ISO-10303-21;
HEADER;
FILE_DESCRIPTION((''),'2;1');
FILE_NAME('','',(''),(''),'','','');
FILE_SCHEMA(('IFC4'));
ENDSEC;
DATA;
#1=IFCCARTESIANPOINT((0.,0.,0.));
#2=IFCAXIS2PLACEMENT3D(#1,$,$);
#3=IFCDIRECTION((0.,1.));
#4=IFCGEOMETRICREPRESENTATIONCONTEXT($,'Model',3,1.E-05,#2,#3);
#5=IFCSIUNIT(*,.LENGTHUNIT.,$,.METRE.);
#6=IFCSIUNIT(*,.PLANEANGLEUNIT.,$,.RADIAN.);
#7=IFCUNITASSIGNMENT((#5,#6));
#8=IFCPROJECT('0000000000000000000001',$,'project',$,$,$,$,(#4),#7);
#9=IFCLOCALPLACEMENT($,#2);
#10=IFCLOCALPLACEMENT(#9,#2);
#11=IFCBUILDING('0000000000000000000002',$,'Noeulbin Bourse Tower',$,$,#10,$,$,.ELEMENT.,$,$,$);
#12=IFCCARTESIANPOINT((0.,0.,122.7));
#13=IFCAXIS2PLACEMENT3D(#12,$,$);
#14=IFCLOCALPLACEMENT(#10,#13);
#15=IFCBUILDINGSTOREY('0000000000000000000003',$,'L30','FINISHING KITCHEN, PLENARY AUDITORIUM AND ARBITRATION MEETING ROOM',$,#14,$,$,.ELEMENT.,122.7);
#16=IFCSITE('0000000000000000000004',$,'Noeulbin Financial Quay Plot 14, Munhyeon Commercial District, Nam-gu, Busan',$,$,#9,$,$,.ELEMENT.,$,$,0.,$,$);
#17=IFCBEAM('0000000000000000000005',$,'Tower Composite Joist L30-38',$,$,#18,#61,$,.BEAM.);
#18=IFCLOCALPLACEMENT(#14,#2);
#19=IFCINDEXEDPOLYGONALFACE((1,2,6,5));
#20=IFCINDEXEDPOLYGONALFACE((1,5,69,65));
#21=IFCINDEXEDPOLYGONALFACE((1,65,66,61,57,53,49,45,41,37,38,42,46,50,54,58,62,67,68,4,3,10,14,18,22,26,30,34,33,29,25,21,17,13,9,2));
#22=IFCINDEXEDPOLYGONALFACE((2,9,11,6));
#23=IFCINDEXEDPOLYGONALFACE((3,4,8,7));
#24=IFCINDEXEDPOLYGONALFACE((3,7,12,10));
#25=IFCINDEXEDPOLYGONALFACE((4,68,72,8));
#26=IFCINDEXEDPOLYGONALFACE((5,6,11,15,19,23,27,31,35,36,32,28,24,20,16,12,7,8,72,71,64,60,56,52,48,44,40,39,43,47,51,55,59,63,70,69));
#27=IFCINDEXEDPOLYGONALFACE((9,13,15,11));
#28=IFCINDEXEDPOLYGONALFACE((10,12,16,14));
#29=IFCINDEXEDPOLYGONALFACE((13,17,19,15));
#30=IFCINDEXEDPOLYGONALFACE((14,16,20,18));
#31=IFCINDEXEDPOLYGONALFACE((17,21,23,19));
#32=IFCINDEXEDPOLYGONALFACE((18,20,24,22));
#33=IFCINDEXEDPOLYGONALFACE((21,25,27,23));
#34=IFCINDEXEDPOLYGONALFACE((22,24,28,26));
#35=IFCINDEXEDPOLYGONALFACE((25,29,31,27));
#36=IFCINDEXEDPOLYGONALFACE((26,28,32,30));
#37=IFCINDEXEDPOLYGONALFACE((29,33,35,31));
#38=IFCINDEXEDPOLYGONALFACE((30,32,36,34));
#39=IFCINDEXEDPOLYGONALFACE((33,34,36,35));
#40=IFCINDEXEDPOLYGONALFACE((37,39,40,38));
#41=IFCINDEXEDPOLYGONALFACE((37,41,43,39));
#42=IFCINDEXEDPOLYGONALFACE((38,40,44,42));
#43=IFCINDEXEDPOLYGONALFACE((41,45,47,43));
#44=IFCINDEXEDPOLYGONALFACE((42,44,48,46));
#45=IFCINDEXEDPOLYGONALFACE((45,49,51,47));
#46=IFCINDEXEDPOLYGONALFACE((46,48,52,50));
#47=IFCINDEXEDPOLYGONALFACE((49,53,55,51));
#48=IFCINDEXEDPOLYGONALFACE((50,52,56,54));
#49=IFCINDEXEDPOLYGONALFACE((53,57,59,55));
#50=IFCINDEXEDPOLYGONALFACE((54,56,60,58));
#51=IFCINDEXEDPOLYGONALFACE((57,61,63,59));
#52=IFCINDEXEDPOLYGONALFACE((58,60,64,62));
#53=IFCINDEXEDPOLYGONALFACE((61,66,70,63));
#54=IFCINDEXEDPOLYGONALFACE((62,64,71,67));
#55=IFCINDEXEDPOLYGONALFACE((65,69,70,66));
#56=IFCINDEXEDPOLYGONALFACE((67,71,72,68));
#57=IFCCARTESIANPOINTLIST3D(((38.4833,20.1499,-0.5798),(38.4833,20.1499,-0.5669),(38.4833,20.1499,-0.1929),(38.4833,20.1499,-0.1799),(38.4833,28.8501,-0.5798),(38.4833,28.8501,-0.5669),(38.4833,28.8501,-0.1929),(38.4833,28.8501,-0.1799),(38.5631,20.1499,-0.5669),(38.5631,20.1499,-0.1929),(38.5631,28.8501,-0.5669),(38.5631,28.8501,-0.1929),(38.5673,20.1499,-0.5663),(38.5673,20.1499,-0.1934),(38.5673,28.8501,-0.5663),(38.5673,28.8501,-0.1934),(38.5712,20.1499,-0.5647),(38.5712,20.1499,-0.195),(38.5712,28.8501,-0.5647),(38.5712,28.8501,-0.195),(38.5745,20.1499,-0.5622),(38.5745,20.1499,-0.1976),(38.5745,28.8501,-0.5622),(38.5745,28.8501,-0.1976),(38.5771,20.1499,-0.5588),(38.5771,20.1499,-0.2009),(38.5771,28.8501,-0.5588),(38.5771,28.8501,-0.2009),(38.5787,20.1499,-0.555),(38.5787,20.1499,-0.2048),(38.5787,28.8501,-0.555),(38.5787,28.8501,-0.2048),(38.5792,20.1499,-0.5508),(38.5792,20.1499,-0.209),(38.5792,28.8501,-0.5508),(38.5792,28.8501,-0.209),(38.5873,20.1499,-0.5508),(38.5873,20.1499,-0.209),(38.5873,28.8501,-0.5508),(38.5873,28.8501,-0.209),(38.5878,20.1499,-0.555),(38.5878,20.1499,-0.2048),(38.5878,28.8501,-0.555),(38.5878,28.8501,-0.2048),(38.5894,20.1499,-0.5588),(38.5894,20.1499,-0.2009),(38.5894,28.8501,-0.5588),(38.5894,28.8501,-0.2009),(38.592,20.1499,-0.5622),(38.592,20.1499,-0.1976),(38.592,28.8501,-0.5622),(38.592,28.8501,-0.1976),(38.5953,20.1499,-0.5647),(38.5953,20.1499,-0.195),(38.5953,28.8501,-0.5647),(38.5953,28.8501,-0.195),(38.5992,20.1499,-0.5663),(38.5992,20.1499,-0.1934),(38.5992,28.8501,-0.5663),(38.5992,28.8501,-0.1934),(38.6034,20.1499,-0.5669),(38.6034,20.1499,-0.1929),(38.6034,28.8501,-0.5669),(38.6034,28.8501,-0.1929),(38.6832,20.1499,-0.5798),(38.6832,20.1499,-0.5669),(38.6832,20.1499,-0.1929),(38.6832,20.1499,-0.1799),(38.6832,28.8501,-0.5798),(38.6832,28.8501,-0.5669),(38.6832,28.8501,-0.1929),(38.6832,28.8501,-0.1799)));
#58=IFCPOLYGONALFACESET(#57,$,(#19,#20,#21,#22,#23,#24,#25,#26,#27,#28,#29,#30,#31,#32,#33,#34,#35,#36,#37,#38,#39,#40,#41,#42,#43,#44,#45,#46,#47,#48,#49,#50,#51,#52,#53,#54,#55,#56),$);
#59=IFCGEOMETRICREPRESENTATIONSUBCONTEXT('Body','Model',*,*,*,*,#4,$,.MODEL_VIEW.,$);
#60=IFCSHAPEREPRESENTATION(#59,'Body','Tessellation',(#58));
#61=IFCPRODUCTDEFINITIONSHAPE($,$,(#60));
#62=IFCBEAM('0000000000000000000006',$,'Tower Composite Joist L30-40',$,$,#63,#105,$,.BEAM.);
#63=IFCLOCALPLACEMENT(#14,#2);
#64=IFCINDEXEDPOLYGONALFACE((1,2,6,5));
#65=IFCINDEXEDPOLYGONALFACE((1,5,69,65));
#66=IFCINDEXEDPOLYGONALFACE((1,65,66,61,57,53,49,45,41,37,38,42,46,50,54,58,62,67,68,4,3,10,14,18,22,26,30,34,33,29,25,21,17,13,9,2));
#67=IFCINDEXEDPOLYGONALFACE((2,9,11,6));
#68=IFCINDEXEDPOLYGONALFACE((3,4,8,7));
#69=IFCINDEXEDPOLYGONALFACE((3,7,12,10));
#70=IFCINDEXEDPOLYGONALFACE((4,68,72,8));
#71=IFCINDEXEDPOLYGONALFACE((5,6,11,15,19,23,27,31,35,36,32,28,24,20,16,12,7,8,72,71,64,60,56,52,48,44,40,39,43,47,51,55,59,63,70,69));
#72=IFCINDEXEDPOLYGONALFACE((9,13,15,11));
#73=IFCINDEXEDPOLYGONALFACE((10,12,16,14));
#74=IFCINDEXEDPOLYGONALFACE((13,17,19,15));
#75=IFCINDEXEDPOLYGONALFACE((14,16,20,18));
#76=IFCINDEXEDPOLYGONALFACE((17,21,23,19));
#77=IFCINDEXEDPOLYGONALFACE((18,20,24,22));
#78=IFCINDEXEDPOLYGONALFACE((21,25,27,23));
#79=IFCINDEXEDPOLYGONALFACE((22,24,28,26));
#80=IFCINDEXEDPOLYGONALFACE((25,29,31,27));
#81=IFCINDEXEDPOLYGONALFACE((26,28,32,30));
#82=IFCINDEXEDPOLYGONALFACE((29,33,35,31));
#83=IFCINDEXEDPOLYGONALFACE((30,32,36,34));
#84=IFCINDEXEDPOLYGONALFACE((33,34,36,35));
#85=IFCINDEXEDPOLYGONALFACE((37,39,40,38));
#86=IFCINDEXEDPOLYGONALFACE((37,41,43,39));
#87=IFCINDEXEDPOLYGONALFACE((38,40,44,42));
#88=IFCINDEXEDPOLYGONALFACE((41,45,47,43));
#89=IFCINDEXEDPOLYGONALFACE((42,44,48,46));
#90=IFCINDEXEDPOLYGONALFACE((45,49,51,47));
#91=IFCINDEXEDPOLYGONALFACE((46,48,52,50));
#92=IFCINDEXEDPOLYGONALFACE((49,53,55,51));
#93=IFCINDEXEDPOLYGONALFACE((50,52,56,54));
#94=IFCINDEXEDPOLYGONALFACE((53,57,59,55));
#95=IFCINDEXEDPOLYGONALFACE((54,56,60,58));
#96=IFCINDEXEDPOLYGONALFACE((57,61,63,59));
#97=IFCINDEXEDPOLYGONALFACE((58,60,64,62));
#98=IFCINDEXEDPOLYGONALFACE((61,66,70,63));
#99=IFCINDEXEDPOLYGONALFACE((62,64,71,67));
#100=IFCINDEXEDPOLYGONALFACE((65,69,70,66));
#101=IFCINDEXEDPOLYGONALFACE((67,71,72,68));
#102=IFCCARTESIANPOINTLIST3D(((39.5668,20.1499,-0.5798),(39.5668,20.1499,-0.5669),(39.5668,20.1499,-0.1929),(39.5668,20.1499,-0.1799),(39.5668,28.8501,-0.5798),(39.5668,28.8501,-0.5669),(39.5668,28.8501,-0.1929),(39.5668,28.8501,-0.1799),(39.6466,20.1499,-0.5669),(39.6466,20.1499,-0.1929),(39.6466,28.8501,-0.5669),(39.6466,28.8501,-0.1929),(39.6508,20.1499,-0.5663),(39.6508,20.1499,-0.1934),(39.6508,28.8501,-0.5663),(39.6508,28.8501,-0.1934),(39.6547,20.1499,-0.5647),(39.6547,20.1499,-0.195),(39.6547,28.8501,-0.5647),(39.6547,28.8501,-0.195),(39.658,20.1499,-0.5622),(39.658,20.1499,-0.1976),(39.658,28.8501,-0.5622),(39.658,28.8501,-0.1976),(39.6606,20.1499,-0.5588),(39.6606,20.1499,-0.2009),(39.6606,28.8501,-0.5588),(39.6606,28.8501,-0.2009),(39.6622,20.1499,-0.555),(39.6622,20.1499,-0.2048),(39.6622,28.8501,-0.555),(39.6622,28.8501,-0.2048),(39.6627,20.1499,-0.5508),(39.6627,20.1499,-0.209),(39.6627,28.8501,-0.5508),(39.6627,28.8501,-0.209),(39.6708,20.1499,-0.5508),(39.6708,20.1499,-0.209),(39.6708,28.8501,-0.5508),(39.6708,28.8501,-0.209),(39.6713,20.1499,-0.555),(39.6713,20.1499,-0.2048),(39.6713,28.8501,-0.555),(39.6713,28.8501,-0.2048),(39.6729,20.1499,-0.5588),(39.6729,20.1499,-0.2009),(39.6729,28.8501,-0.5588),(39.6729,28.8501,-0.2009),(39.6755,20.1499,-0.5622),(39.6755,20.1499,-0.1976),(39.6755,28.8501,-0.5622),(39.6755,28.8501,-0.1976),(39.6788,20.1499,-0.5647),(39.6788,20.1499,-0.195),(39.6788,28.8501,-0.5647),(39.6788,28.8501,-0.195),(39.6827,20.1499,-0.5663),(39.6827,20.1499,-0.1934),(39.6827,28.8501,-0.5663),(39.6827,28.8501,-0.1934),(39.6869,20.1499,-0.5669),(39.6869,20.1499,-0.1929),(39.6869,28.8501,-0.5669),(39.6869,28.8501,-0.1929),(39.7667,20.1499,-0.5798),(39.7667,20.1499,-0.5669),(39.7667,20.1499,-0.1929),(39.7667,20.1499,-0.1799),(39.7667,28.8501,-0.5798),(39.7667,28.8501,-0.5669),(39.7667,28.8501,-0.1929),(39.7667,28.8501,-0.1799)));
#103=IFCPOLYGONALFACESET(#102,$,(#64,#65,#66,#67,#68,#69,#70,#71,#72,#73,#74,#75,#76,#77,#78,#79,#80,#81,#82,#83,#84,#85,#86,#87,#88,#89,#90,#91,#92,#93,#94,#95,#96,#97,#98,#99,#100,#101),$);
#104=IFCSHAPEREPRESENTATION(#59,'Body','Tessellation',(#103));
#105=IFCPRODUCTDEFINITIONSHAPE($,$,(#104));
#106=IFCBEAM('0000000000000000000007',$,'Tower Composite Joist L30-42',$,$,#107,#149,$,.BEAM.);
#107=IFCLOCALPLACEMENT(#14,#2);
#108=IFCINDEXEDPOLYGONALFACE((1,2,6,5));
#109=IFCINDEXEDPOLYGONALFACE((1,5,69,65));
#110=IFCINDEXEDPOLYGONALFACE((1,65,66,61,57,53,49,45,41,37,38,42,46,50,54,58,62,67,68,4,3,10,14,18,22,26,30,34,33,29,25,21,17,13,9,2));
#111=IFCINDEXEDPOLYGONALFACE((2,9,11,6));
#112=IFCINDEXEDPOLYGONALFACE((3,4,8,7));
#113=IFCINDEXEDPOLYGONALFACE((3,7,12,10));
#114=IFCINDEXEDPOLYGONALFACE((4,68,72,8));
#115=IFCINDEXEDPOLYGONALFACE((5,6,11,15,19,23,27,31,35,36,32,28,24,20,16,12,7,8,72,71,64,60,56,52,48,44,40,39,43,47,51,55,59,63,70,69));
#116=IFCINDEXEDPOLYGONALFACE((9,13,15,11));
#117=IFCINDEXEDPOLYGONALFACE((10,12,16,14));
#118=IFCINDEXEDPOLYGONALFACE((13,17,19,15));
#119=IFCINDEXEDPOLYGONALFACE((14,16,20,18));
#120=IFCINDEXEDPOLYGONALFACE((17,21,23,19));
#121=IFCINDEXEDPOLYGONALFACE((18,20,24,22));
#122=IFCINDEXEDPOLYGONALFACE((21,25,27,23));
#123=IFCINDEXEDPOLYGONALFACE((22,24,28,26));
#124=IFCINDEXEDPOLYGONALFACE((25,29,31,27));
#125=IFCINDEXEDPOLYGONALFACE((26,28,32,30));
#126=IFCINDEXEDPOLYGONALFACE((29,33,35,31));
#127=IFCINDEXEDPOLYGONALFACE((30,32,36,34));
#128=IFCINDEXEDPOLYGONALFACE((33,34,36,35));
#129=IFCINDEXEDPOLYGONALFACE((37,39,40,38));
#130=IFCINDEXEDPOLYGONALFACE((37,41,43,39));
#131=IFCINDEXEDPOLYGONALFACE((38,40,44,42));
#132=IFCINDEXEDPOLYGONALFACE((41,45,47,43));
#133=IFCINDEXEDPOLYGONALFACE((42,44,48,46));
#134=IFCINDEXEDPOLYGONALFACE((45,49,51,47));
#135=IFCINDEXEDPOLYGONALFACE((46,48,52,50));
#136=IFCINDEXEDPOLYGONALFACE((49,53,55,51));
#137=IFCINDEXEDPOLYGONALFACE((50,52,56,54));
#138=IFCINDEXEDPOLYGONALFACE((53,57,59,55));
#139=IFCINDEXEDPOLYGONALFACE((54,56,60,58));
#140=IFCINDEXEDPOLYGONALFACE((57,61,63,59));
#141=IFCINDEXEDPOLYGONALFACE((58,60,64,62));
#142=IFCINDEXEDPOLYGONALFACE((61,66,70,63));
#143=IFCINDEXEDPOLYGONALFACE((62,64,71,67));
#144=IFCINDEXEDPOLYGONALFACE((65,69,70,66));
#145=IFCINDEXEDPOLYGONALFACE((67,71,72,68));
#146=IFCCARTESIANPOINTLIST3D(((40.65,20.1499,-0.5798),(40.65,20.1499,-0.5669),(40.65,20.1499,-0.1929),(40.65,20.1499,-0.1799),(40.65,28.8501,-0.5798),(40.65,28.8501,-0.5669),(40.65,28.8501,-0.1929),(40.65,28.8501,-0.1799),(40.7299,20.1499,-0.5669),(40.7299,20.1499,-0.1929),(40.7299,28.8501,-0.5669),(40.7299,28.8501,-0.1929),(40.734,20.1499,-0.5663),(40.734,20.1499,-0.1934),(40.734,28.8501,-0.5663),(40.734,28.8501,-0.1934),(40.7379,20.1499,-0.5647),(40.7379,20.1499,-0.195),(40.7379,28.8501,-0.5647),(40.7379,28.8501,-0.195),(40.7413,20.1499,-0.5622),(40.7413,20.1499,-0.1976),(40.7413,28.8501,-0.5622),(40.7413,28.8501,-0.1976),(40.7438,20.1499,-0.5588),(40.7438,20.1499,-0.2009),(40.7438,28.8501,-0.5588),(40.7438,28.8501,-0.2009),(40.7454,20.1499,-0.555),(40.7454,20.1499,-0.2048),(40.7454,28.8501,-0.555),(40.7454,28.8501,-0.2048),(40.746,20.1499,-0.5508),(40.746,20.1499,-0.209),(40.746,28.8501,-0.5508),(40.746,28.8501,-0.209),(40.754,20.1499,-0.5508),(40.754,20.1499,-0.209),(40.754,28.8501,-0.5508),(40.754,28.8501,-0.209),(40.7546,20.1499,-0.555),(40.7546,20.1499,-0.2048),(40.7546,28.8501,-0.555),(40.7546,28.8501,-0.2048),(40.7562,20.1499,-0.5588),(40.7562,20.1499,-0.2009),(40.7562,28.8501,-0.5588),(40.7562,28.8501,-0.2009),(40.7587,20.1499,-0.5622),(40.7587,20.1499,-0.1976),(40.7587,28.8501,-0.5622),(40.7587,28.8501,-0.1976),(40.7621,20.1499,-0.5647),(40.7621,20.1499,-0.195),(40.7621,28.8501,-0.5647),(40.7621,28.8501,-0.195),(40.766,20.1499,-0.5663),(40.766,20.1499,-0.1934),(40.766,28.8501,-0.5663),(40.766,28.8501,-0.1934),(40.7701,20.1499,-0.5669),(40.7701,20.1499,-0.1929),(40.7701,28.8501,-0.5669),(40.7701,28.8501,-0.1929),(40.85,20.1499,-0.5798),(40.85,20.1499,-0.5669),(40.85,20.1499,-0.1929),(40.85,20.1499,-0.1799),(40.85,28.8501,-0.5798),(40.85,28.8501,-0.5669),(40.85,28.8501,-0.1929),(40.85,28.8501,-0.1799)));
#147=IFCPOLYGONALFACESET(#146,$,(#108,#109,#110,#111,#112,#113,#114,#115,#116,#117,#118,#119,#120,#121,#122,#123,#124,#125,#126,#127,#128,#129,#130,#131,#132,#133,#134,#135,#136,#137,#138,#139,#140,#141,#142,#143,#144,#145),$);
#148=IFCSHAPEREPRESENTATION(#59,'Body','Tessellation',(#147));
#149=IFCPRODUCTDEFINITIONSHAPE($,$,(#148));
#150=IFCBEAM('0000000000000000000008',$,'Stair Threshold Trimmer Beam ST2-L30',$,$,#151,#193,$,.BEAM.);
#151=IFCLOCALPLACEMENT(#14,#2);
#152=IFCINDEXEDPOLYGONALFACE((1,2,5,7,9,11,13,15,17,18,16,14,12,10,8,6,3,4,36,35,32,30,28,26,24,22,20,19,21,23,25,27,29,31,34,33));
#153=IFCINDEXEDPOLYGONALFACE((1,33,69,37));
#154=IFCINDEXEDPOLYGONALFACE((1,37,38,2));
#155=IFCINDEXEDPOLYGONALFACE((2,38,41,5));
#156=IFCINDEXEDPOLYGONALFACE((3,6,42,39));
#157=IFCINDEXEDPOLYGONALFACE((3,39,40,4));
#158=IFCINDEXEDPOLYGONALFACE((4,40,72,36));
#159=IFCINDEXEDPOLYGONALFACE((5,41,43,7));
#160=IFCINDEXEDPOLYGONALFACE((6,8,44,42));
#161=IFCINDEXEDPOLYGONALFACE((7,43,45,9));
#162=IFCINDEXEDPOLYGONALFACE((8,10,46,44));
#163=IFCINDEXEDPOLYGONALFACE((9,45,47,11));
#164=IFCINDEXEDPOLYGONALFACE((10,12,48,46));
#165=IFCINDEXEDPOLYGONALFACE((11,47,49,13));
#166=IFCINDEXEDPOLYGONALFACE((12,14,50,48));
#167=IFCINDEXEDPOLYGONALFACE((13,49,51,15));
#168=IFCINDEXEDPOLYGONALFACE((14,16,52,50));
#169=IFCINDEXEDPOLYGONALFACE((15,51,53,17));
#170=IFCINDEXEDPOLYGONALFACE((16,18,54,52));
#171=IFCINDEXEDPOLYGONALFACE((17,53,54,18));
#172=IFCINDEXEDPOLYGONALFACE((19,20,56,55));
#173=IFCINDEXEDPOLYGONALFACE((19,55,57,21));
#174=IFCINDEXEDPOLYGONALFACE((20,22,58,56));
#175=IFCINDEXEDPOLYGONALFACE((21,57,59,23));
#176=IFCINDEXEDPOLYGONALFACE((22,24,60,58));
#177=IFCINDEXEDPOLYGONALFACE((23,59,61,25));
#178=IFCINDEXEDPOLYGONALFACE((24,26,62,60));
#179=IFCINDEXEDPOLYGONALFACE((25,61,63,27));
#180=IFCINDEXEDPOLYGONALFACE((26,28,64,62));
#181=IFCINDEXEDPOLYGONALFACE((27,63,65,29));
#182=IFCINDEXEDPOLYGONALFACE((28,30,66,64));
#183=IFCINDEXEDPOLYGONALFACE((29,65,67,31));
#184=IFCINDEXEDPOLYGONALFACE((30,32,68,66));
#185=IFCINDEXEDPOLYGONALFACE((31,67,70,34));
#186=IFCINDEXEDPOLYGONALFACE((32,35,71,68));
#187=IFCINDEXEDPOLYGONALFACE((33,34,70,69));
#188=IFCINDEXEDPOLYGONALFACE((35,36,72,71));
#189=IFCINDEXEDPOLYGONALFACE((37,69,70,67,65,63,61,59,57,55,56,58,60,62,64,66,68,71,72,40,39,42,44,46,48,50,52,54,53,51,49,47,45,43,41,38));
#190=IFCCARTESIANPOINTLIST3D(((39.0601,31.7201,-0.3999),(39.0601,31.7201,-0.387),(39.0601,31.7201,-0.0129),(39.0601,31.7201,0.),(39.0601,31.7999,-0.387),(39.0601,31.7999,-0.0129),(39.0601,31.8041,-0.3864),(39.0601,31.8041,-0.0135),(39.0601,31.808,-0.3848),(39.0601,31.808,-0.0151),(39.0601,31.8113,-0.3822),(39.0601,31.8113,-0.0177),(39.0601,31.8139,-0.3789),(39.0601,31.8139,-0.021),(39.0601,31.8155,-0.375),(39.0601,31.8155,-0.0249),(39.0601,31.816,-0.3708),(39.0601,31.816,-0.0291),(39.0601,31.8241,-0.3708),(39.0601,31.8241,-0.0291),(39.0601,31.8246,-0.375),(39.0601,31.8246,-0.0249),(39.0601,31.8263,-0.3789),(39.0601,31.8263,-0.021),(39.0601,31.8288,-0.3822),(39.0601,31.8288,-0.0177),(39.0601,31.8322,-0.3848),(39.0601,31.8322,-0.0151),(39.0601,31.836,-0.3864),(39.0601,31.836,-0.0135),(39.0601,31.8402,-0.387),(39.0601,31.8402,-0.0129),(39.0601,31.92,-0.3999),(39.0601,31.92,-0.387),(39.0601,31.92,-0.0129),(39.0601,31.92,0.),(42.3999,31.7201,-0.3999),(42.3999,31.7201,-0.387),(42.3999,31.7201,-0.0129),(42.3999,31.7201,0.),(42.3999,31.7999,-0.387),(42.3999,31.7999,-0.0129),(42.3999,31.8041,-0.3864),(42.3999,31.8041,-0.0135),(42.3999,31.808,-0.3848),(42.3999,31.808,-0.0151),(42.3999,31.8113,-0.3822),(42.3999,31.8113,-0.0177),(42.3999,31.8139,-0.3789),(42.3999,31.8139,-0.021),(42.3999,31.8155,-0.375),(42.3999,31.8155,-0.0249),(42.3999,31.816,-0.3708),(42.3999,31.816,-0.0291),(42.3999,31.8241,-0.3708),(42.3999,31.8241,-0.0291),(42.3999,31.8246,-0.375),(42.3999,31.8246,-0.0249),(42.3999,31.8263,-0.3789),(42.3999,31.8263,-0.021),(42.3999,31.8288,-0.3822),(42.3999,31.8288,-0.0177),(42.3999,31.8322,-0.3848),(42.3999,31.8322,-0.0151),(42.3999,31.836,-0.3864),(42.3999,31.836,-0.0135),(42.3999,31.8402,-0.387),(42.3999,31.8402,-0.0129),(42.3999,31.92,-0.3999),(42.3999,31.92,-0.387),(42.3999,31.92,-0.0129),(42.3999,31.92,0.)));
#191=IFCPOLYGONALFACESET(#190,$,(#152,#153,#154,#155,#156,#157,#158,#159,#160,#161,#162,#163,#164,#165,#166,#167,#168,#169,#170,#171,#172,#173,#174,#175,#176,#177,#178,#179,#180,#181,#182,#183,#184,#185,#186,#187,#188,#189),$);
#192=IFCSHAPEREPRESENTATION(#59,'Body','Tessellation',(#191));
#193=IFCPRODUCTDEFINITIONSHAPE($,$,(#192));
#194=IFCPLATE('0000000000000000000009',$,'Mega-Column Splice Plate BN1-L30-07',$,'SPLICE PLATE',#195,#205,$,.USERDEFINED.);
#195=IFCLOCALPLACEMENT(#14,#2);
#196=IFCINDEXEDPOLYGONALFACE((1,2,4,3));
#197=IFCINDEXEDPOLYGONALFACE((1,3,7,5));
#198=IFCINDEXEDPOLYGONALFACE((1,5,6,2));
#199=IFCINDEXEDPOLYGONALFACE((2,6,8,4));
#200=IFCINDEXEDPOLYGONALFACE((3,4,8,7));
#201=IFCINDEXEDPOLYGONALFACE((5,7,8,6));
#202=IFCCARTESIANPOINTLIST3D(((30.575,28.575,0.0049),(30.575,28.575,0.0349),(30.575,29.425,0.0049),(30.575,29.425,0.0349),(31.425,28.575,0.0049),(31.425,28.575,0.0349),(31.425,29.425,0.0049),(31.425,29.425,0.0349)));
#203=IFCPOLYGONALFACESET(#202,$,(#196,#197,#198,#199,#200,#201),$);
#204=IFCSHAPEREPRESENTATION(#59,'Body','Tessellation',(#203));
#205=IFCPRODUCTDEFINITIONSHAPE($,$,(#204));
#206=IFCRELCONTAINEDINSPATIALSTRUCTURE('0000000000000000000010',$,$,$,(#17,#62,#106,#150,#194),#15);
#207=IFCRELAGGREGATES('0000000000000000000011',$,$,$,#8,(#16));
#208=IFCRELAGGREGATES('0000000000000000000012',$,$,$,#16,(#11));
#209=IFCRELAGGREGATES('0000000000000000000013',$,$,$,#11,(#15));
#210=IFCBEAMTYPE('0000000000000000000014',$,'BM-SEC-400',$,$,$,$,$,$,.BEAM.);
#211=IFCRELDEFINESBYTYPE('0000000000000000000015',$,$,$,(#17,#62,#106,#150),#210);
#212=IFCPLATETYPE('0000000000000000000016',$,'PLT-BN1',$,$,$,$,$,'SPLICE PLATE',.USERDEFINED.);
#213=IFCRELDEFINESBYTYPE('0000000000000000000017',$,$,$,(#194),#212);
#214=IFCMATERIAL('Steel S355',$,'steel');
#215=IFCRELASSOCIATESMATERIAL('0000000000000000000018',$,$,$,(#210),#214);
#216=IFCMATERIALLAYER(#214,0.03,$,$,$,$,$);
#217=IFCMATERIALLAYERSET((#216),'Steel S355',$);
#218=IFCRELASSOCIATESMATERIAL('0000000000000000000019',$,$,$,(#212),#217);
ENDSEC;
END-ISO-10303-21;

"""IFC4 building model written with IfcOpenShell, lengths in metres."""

from ifc_helpers import new_model, si_unit, direction, frame, origin, origin_2d, place, context, subcontext, project, spatial, rectangle, i_section, extrude, material, layer, layer_set, material_profile, profile_set, type_object, element, save


model = new_model("IFC4")

# Units and contexts
model_context = context("Model", 3, precision=1e-05, world=origin(), true_north=direction((0.0, 1.0)))
body_context = subcontext(model_context, "Body", "Model", "MODEL_VIEW")
ifc_project = project(units=[si_unit("LENGTHUNIT", "METRE"), si_unit("PLANEANGLEUNIT", "RADIAN")], contexts=[model_context])

# Site, building, storey
site_placement = place(None, origin())
site = spatial("IfcSite", under=ifc_project, at=site_placement, Name="Noeulbin Financial Quay Plot 14, Munhyeon Commercial District, Nam-gu, Busan", CompositionType="ELEMENT", RefElevation=0.0)
building_placement = place(site_placement, origin())
building = spatial("IfcBuilding", under=site, at=building_placement, Name="Noeulbin Bourse Tower", CompositionType="ELEMENT")
storey_placement = place(building_placement, frame((0.0, 0.0, 122.7)))
storey = spatial("IfcBuildingStorey", under=building, at=storey_placement, Name="L30", Description="FINISHING KITCHEN, PLENARY AUDITORIUM AND ARBITRATION MEETING ROOM", CompositionType="ELEMENT", Elevation=122.7)

# Beams
ifc_material_1 = material(Name="Steel S355", Category="steel")
ifc_material_profile_1 = material_profile(ifc_material_1, i_section(OverallWidth=0.2, OverallDepth=0.3999, WebThickness=0.0081, FlangeThickness=0.0129, FilletRadius=0.0161, at=origin_2d()), Name="H-400x200x8x13", Category="LoadBearing")
ifc_profile_set_1 = profile_set([ifc_material_profile_1], Name="Steel S355")
beam_type = type_object("IfcBeamType", Name="BM-SEC-400", PredefinedType="BEAM", material=ifc_profile_set_1)
for number, where, z_axis, x_axis, name in (
    (1, (38.5833, 20.1499, -0.3799), (0.0, 1.0, 0.0), (-1.0, 0.0, 0.0), "Tower Composite Joist L30-38"),
    (2, (39.6667, 20.1499, -0.3799), (0.0, 1.0, 0.0), (-1.0, 0.0, 0.0), "Tower Composite Joist L30-40"),
    (3, (40.75, 20.1499, -0.3799), (0.0, 1.0, 0.0), (-1.0, 0.0, 0.0), "Tower Composite Joist L30-42"),
):
    element("IfcBeam", number, at=place(storey_placement, frame(where, z_axis=z_axis, x_axis=x_axis)), inside=storey, type_object=beam_type, Name=name, PredefinedType="BEAM", context=body_context, shape_type="SweptSolid", body=[
        extrude(i_section(OverallWidth=0.2, OverallDepth=0.3999, WebThickness=0.0081, FlangeThickness=0.0129, FilletRadius=0.0161, at=origin_2d()), origin(), (0.0, 0.0, 1.0), 8.7002),
    ])
beam_placement = place(storey_placement, frame((39.0601, 31.8201, -0.2), z_axis=(1.0, 0.0, 0.0), x_axis=(0.0, 1.0, 0.0)))
element("IfcBeam", 4, at=beam_placement, inside=storey, type_object=beam_type, Name="Stair Threshold Trimmer Beam ST2-L30", PredefinedType="BEAM", context=body_context, shape_type="SweptSolid", body=[
    extrude(i_section(OverallWidth=0.2, OverallDepth=0.3999, WebThickness=0.0081, FlangeThickness=0.0129, FilletRadius=0.0161, at=origin_2d()), origin(), (0.0, 0.0, 1.0), 3.3398),
])

# Plate
ifc_layer_1 = layer(ifc_material_1, 0.03)
ifc_layer_set_1 = layer_set([ifc_layer_1], Name="Steel S355")
plate_type = type_object("IfcPlateType", Name="PLT-BN1", ElementType="SPLICE PLATE", PredefinedType="USERDEFINED", material=ifc_layer_set_1)
for number, where, z_axis, x_axis, name in (
    (5, (31.0, 29.0, 0.0049), (0.0, 0.0, 1.0), (1.0, 0.0, 0.0), "Mega-Column Splice Plate BN1-L30-07"),
):
    element("IfcPlate", number, at=place(storey_placement, frame(where, z_axis=z_axis, x_axis=x_axis)), inside=storey, type_object=plate_type, Name=name, ObjectType="SPLICE PLATE", PredefinedType="USERDEFINED", context=body_context, shape_type="SweptSolid", body=[
        extrude(rectangle(XDim=0.8501, YDim=0.8501, at=origin_2d()), origin(), (0.0, 0.0, 1.0), 0.03),
    ])

save(model, "model.ifc")
